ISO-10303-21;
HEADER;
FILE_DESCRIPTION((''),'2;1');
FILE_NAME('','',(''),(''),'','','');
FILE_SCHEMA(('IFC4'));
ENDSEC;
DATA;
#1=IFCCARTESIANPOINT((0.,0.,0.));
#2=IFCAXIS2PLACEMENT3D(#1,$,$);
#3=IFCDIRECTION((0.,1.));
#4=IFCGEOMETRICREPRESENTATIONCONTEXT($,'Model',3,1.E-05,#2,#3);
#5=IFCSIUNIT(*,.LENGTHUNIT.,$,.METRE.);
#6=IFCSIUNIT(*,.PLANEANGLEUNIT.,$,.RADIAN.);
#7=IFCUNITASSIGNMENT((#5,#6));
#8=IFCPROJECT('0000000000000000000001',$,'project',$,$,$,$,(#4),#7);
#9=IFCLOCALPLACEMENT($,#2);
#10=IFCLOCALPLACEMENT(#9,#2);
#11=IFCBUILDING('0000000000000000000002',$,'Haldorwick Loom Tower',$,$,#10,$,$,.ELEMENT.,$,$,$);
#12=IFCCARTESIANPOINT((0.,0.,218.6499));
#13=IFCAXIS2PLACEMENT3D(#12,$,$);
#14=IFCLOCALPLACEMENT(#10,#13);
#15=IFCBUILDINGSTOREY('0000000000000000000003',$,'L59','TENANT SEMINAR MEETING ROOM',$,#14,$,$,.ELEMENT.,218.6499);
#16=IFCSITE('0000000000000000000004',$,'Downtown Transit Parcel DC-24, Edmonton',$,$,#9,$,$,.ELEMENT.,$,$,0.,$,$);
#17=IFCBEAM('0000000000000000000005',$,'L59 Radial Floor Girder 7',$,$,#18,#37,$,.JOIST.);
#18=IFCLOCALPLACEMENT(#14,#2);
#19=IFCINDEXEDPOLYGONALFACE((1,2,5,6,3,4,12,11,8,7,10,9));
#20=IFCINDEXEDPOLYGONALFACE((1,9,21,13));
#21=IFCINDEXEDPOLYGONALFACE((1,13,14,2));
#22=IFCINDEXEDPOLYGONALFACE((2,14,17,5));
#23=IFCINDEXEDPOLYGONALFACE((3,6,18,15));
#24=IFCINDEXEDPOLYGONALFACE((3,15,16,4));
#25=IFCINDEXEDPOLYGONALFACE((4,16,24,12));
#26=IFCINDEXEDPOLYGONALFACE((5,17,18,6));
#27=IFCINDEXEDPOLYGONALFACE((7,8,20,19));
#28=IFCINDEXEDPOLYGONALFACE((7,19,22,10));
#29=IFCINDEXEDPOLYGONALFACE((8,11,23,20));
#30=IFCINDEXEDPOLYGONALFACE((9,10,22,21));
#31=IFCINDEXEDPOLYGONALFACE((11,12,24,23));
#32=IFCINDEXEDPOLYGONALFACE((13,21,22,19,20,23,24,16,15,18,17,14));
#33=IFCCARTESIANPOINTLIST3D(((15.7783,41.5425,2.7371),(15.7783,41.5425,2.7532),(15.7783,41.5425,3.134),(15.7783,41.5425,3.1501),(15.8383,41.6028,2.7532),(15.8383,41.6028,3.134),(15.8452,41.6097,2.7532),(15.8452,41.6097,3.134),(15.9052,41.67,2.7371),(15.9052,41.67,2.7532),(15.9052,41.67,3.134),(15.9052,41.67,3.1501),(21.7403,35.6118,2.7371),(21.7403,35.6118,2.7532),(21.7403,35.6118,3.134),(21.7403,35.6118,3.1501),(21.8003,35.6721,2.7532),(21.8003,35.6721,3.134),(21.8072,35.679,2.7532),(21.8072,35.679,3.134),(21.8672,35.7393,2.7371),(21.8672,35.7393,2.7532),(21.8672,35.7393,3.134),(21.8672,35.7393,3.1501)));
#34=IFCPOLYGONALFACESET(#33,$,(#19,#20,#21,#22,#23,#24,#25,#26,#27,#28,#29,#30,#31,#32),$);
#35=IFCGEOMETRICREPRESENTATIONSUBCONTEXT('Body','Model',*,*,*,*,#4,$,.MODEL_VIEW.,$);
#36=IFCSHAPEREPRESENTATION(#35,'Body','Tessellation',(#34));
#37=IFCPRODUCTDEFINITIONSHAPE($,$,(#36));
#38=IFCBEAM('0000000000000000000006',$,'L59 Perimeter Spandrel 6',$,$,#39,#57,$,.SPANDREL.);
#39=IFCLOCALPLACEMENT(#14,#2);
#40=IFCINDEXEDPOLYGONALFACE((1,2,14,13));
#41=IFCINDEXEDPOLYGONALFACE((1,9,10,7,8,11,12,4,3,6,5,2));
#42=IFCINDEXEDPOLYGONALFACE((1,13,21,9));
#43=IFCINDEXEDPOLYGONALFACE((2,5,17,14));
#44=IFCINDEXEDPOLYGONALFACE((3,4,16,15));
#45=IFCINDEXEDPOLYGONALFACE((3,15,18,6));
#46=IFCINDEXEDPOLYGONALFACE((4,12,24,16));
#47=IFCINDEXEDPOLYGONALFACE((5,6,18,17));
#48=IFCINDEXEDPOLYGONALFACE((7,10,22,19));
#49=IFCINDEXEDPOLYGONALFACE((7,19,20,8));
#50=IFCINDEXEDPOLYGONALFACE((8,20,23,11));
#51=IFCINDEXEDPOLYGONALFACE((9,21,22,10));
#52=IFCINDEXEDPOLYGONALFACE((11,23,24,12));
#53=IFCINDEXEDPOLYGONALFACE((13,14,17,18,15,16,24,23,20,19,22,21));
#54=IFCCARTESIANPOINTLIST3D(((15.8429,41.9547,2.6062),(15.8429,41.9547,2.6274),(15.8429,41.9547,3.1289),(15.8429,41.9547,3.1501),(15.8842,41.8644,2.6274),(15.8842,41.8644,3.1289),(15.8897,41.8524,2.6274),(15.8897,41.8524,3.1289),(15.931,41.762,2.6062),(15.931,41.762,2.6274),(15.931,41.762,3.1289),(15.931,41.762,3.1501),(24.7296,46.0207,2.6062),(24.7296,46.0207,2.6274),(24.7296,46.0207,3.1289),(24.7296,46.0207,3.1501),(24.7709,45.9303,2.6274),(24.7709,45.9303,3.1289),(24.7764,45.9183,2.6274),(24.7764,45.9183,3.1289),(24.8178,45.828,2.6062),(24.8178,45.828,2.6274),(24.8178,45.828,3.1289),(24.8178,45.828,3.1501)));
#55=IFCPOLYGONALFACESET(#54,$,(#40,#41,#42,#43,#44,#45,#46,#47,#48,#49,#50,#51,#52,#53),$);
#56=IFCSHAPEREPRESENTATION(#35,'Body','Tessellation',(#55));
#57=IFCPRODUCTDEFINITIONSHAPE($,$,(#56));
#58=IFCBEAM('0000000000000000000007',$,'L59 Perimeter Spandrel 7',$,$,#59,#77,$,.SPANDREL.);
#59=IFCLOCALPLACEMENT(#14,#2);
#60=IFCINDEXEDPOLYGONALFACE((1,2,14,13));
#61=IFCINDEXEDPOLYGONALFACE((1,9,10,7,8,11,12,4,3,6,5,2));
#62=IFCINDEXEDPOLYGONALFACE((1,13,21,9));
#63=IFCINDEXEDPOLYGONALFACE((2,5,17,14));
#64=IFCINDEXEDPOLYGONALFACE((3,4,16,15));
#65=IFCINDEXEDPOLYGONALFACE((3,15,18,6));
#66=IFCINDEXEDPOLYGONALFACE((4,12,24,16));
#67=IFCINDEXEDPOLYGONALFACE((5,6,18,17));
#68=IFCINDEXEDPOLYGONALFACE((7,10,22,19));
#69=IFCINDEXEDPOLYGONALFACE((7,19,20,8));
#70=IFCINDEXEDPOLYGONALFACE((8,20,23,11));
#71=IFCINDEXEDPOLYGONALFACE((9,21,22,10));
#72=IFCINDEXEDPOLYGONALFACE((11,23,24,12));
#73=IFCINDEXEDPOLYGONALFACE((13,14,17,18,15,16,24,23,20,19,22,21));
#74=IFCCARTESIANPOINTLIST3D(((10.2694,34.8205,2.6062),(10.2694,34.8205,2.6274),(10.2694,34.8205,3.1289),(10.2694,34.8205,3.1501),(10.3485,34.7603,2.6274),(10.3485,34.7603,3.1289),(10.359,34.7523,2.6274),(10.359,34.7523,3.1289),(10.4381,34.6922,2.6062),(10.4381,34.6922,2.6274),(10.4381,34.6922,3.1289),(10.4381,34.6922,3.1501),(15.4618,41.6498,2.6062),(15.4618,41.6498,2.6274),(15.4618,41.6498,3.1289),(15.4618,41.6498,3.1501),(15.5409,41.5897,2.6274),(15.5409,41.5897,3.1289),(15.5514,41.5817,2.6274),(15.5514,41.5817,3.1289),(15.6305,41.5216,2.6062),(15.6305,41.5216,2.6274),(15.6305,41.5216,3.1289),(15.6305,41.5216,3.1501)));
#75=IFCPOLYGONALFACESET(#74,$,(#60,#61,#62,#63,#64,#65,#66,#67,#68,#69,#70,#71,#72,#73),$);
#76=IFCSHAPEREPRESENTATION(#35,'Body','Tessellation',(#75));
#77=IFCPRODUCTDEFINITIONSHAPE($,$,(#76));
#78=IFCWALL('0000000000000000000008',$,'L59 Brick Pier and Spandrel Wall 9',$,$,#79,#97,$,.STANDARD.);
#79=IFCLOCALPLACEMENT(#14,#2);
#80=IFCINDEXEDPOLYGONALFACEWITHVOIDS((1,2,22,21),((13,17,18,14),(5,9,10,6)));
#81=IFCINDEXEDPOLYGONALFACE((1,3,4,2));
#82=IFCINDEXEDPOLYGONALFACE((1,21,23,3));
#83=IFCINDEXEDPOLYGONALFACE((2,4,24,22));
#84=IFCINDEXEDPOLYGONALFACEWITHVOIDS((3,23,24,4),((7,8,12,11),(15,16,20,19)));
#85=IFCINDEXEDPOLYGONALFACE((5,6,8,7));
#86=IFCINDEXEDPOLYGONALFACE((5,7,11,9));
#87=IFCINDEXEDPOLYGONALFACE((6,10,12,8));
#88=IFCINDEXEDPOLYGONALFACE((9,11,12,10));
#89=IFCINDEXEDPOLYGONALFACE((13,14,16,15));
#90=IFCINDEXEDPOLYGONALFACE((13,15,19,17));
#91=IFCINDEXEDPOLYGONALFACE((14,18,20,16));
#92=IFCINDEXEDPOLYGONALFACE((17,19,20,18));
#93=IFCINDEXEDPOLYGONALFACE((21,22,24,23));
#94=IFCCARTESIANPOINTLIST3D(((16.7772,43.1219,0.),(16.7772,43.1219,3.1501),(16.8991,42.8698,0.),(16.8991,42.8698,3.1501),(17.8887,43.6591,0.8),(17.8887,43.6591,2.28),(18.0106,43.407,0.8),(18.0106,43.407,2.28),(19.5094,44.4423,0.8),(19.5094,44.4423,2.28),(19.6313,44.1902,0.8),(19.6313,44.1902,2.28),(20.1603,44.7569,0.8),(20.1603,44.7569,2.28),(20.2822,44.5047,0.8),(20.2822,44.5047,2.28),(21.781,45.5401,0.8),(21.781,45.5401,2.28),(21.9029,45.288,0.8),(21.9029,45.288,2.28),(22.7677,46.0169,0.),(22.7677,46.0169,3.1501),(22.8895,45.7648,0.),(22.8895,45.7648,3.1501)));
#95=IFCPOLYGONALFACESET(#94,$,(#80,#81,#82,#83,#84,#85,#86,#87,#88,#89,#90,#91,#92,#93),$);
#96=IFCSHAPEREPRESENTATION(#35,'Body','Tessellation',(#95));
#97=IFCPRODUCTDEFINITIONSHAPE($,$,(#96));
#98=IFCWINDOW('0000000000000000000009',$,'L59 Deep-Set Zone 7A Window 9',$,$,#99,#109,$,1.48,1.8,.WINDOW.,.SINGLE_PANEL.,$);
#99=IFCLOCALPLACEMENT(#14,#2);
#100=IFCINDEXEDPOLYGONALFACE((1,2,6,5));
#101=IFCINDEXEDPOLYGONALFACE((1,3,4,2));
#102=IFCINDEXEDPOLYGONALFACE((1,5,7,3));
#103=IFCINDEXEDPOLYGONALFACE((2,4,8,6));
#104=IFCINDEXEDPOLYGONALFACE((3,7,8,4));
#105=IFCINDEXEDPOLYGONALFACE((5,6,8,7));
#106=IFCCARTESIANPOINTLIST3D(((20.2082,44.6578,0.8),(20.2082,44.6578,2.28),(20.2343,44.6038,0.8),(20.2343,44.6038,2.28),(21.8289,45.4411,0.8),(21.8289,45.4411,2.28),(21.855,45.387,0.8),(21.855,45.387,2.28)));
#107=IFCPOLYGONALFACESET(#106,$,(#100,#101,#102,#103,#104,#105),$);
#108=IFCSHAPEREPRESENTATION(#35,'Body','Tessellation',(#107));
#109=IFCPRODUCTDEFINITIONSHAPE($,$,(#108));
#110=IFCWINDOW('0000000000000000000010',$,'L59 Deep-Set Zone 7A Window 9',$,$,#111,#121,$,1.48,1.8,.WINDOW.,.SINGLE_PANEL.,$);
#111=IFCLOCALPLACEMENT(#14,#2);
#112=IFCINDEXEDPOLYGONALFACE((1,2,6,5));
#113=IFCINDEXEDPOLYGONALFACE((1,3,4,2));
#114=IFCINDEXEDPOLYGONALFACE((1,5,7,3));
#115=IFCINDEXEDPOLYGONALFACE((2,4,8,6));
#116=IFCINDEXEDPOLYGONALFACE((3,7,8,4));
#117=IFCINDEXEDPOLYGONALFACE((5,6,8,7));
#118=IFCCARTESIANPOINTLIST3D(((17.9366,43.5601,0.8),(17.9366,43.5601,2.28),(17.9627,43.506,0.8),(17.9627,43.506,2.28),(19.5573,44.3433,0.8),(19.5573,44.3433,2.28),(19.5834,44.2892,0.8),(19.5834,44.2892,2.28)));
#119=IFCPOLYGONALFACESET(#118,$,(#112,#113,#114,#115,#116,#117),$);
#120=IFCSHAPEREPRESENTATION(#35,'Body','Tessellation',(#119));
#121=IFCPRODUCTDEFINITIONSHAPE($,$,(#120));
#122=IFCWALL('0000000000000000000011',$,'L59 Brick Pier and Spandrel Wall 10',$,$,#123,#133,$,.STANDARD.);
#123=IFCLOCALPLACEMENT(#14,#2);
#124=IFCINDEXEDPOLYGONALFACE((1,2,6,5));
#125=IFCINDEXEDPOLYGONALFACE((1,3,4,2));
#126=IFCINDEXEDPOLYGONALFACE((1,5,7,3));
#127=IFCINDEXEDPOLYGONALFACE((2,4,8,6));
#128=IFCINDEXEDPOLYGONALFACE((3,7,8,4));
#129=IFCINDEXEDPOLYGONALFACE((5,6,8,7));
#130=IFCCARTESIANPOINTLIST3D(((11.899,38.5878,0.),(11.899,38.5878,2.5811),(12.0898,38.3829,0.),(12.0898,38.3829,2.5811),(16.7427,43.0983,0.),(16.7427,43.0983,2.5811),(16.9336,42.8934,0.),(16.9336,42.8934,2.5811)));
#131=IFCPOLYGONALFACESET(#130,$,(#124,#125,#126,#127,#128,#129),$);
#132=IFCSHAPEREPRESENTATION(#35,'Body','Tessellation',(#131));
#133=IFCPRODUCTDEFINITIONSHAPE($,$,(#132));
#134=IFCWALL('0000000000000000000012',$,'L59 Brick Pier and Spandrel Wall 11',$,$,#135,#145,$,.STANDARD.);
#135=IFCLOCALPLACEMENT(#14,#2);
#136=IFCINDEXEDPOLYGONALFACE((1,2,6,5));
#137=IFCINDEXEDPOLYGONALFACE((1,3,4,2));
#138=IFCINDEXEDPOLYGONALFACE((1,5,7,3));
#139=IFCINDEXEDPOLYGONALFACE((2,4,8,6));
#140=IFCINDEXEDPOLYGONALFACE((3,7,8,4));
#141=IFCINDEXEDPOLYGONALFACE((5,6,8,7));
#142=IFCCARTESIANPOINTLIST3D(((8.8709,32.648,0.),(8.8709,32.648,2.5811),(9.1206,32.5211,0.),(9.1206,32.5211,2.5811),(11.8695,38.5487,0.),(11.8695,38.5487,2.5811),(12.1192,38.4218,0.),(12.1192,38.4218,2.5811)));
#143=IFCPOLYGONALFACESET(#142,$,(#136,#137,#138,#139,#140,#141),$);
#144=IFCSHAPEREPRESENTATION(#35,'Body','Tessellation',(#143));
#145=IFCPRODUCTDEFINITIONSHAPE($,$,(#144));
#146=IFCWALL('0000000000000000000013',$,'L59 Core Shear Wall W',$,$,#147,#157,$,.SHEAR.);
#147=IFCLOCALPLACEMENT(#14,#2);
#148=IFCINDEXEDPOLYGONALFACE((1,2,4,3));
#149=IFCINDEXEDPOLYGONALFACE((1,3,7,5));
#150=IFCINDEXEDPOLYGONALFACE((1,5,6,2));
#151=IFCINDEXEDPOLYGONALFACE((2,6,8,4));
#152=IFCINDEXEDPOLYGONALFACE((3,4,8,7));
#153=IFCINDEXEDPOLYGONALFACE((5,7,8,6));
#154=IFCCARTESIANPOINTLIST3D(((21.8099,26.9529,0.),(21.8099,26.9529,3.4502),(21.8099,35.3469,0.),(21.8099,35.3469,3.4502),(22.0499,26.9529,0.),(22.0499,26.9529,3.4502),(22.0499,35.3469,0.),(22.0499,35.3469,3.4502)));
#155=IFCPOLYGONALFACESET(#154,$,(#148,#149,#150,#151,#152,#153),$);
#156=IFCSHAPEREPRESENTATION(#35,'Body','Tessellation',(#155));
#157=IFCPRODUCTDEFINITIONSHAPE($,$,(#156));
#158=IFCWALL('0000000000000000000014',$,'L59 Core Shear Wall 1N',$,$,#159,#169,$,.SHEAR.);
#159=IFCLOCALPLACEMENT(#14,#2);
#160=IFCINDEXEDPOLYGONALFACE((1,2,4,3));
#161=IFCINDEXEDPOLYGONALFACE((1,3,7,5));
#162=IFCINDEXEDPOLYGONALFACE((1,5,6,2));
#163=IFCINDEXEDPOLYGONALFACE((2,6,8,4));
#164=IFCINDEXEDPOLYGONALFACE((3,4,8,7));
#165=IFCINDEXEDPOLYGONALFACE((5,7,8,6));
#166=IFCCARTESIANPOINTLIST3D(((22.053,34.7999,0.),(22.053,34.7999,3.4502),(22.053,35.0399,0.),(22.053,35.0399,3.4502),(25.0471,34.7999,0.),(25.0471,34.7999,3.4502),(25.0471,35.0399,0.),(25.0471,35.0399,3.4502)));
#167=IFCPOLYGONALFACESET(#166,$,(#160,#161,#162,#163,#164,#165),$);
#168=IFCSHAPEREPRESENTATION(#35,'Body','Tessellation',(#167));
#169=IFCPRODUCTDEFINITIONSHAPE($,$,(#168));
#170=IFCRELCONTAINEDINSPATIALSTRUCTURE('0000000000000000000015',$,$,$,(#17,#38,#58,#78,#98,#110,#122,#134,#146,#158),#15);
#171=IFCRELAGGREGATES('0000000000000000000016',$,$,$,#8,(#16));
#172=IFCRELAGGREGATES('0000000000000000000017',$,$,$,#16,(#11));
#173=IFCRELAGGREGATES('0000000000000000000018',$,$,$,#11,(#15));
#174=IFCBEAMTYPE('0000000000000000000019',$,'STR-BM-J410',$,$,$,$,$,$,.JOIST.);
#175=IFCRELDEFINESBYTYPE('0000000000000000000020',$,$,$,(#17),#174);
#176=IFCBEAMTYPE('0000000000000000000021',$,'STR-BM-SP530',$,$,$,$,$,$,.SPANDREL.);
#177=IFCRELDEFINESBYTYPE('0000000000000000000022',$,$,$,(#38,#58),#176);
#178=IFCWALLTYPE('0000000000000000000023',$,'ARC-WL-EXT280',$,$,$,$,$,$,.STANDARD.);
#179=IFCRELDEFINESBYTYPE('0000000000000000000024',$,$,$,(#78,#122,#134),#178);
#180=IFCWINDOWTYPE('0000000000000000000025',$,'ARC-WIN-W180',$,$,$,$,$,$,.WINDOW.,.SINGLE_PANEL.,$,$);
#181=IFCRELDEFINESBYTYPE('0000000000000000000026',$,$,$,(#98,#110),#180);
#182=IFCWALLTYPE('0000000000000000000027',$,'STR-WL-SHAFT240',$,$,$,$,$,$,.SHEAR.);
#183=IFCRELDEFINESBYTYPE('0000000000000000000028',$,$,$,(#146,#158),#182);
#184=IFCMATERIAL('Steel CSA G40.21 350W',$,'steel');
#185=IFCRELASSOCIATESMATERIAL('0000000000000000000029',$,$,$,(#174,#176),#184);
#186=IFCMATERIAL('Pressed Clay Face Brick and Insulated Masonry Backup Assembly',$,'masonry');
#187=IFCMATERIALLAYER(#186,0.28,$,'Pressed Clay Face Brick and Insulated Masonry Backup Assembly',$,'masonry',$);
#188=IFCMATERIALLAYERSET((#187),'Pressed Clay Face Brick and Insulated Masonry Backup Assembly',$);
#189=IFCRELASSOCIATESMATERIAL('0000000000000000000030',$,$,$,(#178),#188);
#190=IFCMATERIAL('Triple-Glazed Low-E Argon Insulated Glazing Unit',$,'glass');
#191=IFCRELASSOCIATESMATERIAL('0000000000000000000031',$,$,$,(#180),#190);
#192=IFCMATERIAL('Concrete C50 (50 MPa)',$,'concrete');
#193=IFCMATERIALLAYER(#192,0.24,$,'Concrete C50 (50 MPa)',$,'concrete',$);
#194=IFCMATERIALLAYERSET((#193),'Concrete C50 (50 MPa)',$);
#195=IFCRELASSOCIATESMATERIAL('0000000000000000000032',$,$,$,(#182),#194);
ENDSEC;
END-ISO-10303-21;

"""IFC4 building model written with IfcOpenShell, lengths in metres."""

from ifc_helpers import new_model, si_unit, direction, frame, frame_2d, origin, origin_2d, place, context, subcontext, project, spatial, rectangle, i_section, extrude, material, layer, layer_set, material_profile, profile_set, type_object, element, fill, save


model = new_model("IFC4")

# Units and contexts
model_context = context("Model", 3, precision=1e-05, world=origin(), true_north=direction((0.0, 1.0)))
body_context = subcontext(model_context, "Body", "Model", "MODEL_VIEW")
ifc_project = project(units=[si_unit("LENGTHUNIT", "METRE"), si_unit("PLANEANGLEUNIT", "RADIAN")], contexts=[model_context])

# Site, building, storey
site_placement = place(None, origin())
site = spatial("IfcSite", under=ifc_project, at=site_placement, Name="Downtown Transit Parcel DC-24, Edmonton", CompositionType="ELEMENT", RefElevation=0.0)
building_placement = place(site_placement, origin())
building = spatial("IfcBuilding", under=site, at=building_placement, Name="Haldorwick Loom Tower", CompositionType="ELEMENT")
storey_placement = place(building_placement, frame((0.0, 0.0, 218.6499)))
storey = spatial("IfcBuildingStorey", under=building, at=storey_placement, Name="L59", Description="TENANT SEMINAR MEETING ROOM", CompositionType="ELEMENT", Elevation=218.6499)

# Shared definitions
ifc_material_1 = material(Name="Steel CSA G40.21 350W", Category="steel")

# Beams
ifc_material_2 = material(Name="Concrete C50 (50 MPa)", Category="concrete")
ifc_material_profile_1 = material_profile(ifc_material_1, i_section(OverallWidth=0.1799, OverallDepth=0.4131, WebThickness=0.0098, FlangeThickness=0.0161, at=origin_2d()), Name="W410X74", Category="steel")
ifc_profile_set_1 = profile_set([ifc_material_profile_1], Name="Steel CSA G40.21 350W")
beam_type_1 = type_object("IfcBeamType", Name="STR-BM-J410", PredefinedType="JOIST", material=ifc_profile_set_1)
beam_1_placement = place(storey_placement, frame((21.8037, 35.6755, 2.9436), z_axis=(-0.708962, 0.705246, 0.0), x_axis=(-0.705246, -0.708962, 0.0)))
element("IfcBeam", 1, at=beam_1_placement, inside=storey, type_object=beam_type_1, Name="L59 Radial Floor Girder 7", PredefinedType="JOIST", context=body_context, shape_type="SweptSolid", body=[
    extrude(i_section(OverallWidth=0.1799, OverallDepth=0.4131, WebThickness=0.0098, FlangeThickness=0.0161, at=origin_2d()), origin(), (0.0, 0.0, 1.0), 8.4094),
])
ifc_material_profile_2 = material_profile(ifc_material_1, i_section(OverallWidth=0.2119, OverallDepth=0.5439, WebThickness=0.0132, FlangeThickness=0.0212, at=origin_2d()), Name="W530X123", Category="steel")
ifc_profile_set_2 = profile_set([ifc_material_profile_2], Name="Steel CSA G40.21 350W")
beam_type_2 = type_object("IfcBeamType", Name="STR-BM-SP530", PredefinedType="SPANDREL", material=ifc_profile_set_2)
beam_2_placement = place(storey_placement, frame((24.7737, 45.9243, 2.8782), z_axis=(-0.909342, -0.416049, 0.0), x_axis=(0.416049, -0.909342, 0.0)))
element("IfcBeam", 2, at=beam_2_placement, inside=storey, type_object=beam_type_2, Name="L59 Perimeter Spandrel 6", PredefinedType="SPANDREL", context=body_context, shape_type="SweptSolid", body=[
    extrude(i_section(OverallWidth=0.2119, OverallDepth=0.5439, WebThickness=0.0132, FlangeThickness=0.0212, at=origin_2d()), origin(), (0.0, 0.0, 1.0), 9.7727),
])
beam_3_placement = place(storey_placement, frame((15.5461, 41.5857, 2.8782), z_axis=(-0.605237, -0.796045, 0.0), x_axis=(0.796045, -0.605237, 0.0)))
element("IfcBeam", 3, at=beam_3_placement, inside=storey, type_object=beam_type_2, Name="L59 Perimeter Spandrel 7", PredefinedType="SPANDREL", context=body_context, shape_type="SweptSolid", body=[
    extrude(i_section(OverallWidth=0.2119, OverallDepth=0.5439, WebThickness=0.0132, FlangeThickness=0.0212, at=origin_2d()), origin(), (0.0, 0.0, 1.0), 8.5791),
])

# Wall, openings, windows
ifc_material_3 = material(Name="Pressed Clay Face Brick and Insulated Masonry Backup Assembly", Category="masonry")
ifc_layer_1 = layer(ifc_material_3, 0.28, Name="Pressed Clay Face Brick and Insulated Masonry Backup Assembly", Category="masonry")
ifc_layer_set_1 = layer_set([ifc_layer_1], Name="Pressed Clay Face Brick and Insulated Masonry Backup Assembly")
wall_type_1 = type_object("IfcWallType", Name="ARC-WL-EXT280", PredefinedType="STANDARD", material=ifc_layer_set_1)
wall_1_placement = place(storey_placement, frame((22.8286, 45.8909, 0.0), z_axis=(0.0, 0.0, 1.0), x_axis=(-0.900371, -0.435123, 0.0)))
wall_1 = element("IfcWall", 4, at=wall_1_placement, inside=storey, type_object=wall_type_1, Name="L59 Brick Pier and Spandrel Wall 9", PredefinedType="STANDARD", context=body_context, shape_type="SweptSolid", body=[
    extrude(rectangle(XDim=6.6533, YDim=0.28, at=frame_2d((3.3267, 0.0))), origin(), (0.0, 0.0, 1.0), 3.1501),
])
opening_1_placement = place(wall_1_placement, frame((1.0959, 0.0, 0.8)))
opening_1 = element("IfcOpeningElement", 5, at=opening_1_placement, cuts=wall_1, PredefinedType="OPENING", context=body_context, shape_type="SweptSolid", body=[
    extrude(rectangle(XDim=1.8, YDim=1.48, at=frame_2d((0.8999, 0.74))), frame((0.0, 0.1499, 0.0), z_axis=(0.0, -1.0, 0.0), x_axis=(1.0, 0.0, 0.0)), (0.0, 0.0, 1.0), 0.3),
])
opening_2_placement = place(wall_1_placement, frame((3.6189, 0.0, 0.8)))
opening_2 = element("IfcOpeningElement", 6, at=opening_2_placement, cuts=wall_1, PredefinedType="OPENING", context=body_context, shape_type="SweptSolid", body=[
    extrude(rectangle(XDim=1.8, YDim=1.48, at=frame_2d((0.8999, 0.74))), frame((0.0, 0.1499, 0.0), z_axis=(0.0, -1.0, 0.0), x_axis=(1.0, 0.0, 0.0)), (0.0, 0.0, 1.0), 0.3),
])
ifc_material_4 = material(Name="Triple-Glazed Low-E Argon Insulated Glazing Unit", Category="glass")
window_type = type_object("IfcWindowType", Name="ARC-WIN-W180", PartitioningType="SINGLE_PANEL", PredefinedType="WINDOW", material=ifc_material_4)
window_1_placement = place(opening_1_placement, origin())
window_1 = element("IfcWindow", 7, at=window_1_placement, inside=storey, type_object=window_type, Name="L59 Deep-Set Zone 7A Window 9", OverallHeight=1.48, OverallWidth=1.8, PartitioningType="SINGLE_PANEL", PredefinedType="WINDOW", context=body_context, shape_type="SweptSolid", body=[
    extrude(rectangle(XDim=1.8, YDim=1.48, at=frame_2d((0.8999, 0.74))), frame((0.0, 0.03, 0.0), z_axis=(0.0, -1.0, 0.0), x_axis=(1.0, 0.0, 0.0)), (0.0, 0.0, 1.0), 0.0601),
])
fill(opening_1, window_1)
window_2_placement = place(opening_2_placement, origin())
window_2 = element("IfcWindow", 8, at=window_2_placement, inside=storey, type_object=window_type, Name="L59 Deep-Set Zone 7A Window 9", OverallHeight=1.48, OverallWidth=1.8, PartitioningType="SINGLE_PANEL", PredefinedType="WINDOW", context=body_context, shape_type="SweptSolid", body=[
    extrude(rectangle(XDim=1.8, YDim=1.48, at=frame_2d((0.8999, 0.74))), frame((0.0, 0.03, 0.0), z_axis=(0.0, -1.0, 0.0), x_axis=(1.0, 0.0, 0.0)), (0.0, 0.0, 1.0), 0.0601),
])
fill(opening_2, window_2)

# Walls
wall_2_placement = place(storey_placement, frame((16.8381, 42.9958, 0.0), z_axis=(0.0, 0.0, 1.0), x_axis=(-0.731834, -0.681483, 0.0)))
element("IfcWall", 9, at=wall_2_placement, inside=storey, type_object=wall_type_1, Name="L59 Brick Pier and Spandrel Wall 10", PredefinedType="STANDARD", context=body_context, shape_type="SweptSolid", body=[
    extrude(rectangle(XDim=6.6187, YDim=0.28, at=frame_2d((3.3093, 0.0))), origin(), (0.0, 0.0, 1.0), 2.5811),
])
wall_3_placement = place(storey_placement, frame((11.9944, 38.4854, 0.0), z_axis=(0.0, 0.0, 1.0), x_axis=(-0.453032, -0.891494, 0.0)))
element("IfcWall", 10, at=wall_3_placement, inside=storey, type_object=wall_type_1, Name="L59 Brick Pier and Spandrel Wall 11", PredefinedType="STANDARD", context=body_context, shape_type="SweptSolid", body=[
    extrude(rectangle(XDim=6.6189, YDim=0.28, at=frame_2d((3.3096, 0.0))), origin(), (0.0, 0.0, 1.0), 2.5811),
])
ifc_layer_2 = layer(ifc_material_2, 0.24, Name="Concrete C50 (50 MPa)", Category="concrete")
ifc_layer_set_2 = layer_set([ifc_layer_2], Name="Concrete C50 (50 MPa)")
wall_type_2 = type_object("IfcWallType", Name="STR-WL-SHAFT240", PredefinedType="SHEAR", material=ifc_layer_set_2)
wall_4_placement = place(storey_placement, frame((21.9299, 35.3469, 0.0), z_axis=(0.0, 0.0, 1.0), x_axis=(0.0, -1.0, 0.0)))
element("IfcWall", 11, at=wall_4_placement, inside=storey, type_object=wall_type_2, Name="L59 Core Shear Wall W", PredefinedType="SHEAR", context=body_context, shape_type="SweptSolid", body=[
    extrude(rectangle(XDim=8.394, YDim=0.24, at=frame_2d((4.197, 0.0))), origin(), (0.0, 0.0, 1.0), 3.4502),
])
wall_5_placement = place(storey_placement, frame((22.053, 34.9199, 0.0), z_axis=(0.0, 0.0, 1.0), x_axis=(1.0, 0.0, 0.0)))
element("IfcWall", 12, at=wall_5_placement, inside=storey, type_object=wall_type_2, Name="L59 Core Shear Wall 1N", PredefinedType="SHEAR", context=body_context, shape_type="SweptSolid", body=[
    extrude(rectangle(XDim=2.9941, YDim=0.24, at=frame_2d((1.4971, 0.0))), origin(), (0.0, 0.0, 1.0), 3.4502),
])

save(model, "model.ifc")
